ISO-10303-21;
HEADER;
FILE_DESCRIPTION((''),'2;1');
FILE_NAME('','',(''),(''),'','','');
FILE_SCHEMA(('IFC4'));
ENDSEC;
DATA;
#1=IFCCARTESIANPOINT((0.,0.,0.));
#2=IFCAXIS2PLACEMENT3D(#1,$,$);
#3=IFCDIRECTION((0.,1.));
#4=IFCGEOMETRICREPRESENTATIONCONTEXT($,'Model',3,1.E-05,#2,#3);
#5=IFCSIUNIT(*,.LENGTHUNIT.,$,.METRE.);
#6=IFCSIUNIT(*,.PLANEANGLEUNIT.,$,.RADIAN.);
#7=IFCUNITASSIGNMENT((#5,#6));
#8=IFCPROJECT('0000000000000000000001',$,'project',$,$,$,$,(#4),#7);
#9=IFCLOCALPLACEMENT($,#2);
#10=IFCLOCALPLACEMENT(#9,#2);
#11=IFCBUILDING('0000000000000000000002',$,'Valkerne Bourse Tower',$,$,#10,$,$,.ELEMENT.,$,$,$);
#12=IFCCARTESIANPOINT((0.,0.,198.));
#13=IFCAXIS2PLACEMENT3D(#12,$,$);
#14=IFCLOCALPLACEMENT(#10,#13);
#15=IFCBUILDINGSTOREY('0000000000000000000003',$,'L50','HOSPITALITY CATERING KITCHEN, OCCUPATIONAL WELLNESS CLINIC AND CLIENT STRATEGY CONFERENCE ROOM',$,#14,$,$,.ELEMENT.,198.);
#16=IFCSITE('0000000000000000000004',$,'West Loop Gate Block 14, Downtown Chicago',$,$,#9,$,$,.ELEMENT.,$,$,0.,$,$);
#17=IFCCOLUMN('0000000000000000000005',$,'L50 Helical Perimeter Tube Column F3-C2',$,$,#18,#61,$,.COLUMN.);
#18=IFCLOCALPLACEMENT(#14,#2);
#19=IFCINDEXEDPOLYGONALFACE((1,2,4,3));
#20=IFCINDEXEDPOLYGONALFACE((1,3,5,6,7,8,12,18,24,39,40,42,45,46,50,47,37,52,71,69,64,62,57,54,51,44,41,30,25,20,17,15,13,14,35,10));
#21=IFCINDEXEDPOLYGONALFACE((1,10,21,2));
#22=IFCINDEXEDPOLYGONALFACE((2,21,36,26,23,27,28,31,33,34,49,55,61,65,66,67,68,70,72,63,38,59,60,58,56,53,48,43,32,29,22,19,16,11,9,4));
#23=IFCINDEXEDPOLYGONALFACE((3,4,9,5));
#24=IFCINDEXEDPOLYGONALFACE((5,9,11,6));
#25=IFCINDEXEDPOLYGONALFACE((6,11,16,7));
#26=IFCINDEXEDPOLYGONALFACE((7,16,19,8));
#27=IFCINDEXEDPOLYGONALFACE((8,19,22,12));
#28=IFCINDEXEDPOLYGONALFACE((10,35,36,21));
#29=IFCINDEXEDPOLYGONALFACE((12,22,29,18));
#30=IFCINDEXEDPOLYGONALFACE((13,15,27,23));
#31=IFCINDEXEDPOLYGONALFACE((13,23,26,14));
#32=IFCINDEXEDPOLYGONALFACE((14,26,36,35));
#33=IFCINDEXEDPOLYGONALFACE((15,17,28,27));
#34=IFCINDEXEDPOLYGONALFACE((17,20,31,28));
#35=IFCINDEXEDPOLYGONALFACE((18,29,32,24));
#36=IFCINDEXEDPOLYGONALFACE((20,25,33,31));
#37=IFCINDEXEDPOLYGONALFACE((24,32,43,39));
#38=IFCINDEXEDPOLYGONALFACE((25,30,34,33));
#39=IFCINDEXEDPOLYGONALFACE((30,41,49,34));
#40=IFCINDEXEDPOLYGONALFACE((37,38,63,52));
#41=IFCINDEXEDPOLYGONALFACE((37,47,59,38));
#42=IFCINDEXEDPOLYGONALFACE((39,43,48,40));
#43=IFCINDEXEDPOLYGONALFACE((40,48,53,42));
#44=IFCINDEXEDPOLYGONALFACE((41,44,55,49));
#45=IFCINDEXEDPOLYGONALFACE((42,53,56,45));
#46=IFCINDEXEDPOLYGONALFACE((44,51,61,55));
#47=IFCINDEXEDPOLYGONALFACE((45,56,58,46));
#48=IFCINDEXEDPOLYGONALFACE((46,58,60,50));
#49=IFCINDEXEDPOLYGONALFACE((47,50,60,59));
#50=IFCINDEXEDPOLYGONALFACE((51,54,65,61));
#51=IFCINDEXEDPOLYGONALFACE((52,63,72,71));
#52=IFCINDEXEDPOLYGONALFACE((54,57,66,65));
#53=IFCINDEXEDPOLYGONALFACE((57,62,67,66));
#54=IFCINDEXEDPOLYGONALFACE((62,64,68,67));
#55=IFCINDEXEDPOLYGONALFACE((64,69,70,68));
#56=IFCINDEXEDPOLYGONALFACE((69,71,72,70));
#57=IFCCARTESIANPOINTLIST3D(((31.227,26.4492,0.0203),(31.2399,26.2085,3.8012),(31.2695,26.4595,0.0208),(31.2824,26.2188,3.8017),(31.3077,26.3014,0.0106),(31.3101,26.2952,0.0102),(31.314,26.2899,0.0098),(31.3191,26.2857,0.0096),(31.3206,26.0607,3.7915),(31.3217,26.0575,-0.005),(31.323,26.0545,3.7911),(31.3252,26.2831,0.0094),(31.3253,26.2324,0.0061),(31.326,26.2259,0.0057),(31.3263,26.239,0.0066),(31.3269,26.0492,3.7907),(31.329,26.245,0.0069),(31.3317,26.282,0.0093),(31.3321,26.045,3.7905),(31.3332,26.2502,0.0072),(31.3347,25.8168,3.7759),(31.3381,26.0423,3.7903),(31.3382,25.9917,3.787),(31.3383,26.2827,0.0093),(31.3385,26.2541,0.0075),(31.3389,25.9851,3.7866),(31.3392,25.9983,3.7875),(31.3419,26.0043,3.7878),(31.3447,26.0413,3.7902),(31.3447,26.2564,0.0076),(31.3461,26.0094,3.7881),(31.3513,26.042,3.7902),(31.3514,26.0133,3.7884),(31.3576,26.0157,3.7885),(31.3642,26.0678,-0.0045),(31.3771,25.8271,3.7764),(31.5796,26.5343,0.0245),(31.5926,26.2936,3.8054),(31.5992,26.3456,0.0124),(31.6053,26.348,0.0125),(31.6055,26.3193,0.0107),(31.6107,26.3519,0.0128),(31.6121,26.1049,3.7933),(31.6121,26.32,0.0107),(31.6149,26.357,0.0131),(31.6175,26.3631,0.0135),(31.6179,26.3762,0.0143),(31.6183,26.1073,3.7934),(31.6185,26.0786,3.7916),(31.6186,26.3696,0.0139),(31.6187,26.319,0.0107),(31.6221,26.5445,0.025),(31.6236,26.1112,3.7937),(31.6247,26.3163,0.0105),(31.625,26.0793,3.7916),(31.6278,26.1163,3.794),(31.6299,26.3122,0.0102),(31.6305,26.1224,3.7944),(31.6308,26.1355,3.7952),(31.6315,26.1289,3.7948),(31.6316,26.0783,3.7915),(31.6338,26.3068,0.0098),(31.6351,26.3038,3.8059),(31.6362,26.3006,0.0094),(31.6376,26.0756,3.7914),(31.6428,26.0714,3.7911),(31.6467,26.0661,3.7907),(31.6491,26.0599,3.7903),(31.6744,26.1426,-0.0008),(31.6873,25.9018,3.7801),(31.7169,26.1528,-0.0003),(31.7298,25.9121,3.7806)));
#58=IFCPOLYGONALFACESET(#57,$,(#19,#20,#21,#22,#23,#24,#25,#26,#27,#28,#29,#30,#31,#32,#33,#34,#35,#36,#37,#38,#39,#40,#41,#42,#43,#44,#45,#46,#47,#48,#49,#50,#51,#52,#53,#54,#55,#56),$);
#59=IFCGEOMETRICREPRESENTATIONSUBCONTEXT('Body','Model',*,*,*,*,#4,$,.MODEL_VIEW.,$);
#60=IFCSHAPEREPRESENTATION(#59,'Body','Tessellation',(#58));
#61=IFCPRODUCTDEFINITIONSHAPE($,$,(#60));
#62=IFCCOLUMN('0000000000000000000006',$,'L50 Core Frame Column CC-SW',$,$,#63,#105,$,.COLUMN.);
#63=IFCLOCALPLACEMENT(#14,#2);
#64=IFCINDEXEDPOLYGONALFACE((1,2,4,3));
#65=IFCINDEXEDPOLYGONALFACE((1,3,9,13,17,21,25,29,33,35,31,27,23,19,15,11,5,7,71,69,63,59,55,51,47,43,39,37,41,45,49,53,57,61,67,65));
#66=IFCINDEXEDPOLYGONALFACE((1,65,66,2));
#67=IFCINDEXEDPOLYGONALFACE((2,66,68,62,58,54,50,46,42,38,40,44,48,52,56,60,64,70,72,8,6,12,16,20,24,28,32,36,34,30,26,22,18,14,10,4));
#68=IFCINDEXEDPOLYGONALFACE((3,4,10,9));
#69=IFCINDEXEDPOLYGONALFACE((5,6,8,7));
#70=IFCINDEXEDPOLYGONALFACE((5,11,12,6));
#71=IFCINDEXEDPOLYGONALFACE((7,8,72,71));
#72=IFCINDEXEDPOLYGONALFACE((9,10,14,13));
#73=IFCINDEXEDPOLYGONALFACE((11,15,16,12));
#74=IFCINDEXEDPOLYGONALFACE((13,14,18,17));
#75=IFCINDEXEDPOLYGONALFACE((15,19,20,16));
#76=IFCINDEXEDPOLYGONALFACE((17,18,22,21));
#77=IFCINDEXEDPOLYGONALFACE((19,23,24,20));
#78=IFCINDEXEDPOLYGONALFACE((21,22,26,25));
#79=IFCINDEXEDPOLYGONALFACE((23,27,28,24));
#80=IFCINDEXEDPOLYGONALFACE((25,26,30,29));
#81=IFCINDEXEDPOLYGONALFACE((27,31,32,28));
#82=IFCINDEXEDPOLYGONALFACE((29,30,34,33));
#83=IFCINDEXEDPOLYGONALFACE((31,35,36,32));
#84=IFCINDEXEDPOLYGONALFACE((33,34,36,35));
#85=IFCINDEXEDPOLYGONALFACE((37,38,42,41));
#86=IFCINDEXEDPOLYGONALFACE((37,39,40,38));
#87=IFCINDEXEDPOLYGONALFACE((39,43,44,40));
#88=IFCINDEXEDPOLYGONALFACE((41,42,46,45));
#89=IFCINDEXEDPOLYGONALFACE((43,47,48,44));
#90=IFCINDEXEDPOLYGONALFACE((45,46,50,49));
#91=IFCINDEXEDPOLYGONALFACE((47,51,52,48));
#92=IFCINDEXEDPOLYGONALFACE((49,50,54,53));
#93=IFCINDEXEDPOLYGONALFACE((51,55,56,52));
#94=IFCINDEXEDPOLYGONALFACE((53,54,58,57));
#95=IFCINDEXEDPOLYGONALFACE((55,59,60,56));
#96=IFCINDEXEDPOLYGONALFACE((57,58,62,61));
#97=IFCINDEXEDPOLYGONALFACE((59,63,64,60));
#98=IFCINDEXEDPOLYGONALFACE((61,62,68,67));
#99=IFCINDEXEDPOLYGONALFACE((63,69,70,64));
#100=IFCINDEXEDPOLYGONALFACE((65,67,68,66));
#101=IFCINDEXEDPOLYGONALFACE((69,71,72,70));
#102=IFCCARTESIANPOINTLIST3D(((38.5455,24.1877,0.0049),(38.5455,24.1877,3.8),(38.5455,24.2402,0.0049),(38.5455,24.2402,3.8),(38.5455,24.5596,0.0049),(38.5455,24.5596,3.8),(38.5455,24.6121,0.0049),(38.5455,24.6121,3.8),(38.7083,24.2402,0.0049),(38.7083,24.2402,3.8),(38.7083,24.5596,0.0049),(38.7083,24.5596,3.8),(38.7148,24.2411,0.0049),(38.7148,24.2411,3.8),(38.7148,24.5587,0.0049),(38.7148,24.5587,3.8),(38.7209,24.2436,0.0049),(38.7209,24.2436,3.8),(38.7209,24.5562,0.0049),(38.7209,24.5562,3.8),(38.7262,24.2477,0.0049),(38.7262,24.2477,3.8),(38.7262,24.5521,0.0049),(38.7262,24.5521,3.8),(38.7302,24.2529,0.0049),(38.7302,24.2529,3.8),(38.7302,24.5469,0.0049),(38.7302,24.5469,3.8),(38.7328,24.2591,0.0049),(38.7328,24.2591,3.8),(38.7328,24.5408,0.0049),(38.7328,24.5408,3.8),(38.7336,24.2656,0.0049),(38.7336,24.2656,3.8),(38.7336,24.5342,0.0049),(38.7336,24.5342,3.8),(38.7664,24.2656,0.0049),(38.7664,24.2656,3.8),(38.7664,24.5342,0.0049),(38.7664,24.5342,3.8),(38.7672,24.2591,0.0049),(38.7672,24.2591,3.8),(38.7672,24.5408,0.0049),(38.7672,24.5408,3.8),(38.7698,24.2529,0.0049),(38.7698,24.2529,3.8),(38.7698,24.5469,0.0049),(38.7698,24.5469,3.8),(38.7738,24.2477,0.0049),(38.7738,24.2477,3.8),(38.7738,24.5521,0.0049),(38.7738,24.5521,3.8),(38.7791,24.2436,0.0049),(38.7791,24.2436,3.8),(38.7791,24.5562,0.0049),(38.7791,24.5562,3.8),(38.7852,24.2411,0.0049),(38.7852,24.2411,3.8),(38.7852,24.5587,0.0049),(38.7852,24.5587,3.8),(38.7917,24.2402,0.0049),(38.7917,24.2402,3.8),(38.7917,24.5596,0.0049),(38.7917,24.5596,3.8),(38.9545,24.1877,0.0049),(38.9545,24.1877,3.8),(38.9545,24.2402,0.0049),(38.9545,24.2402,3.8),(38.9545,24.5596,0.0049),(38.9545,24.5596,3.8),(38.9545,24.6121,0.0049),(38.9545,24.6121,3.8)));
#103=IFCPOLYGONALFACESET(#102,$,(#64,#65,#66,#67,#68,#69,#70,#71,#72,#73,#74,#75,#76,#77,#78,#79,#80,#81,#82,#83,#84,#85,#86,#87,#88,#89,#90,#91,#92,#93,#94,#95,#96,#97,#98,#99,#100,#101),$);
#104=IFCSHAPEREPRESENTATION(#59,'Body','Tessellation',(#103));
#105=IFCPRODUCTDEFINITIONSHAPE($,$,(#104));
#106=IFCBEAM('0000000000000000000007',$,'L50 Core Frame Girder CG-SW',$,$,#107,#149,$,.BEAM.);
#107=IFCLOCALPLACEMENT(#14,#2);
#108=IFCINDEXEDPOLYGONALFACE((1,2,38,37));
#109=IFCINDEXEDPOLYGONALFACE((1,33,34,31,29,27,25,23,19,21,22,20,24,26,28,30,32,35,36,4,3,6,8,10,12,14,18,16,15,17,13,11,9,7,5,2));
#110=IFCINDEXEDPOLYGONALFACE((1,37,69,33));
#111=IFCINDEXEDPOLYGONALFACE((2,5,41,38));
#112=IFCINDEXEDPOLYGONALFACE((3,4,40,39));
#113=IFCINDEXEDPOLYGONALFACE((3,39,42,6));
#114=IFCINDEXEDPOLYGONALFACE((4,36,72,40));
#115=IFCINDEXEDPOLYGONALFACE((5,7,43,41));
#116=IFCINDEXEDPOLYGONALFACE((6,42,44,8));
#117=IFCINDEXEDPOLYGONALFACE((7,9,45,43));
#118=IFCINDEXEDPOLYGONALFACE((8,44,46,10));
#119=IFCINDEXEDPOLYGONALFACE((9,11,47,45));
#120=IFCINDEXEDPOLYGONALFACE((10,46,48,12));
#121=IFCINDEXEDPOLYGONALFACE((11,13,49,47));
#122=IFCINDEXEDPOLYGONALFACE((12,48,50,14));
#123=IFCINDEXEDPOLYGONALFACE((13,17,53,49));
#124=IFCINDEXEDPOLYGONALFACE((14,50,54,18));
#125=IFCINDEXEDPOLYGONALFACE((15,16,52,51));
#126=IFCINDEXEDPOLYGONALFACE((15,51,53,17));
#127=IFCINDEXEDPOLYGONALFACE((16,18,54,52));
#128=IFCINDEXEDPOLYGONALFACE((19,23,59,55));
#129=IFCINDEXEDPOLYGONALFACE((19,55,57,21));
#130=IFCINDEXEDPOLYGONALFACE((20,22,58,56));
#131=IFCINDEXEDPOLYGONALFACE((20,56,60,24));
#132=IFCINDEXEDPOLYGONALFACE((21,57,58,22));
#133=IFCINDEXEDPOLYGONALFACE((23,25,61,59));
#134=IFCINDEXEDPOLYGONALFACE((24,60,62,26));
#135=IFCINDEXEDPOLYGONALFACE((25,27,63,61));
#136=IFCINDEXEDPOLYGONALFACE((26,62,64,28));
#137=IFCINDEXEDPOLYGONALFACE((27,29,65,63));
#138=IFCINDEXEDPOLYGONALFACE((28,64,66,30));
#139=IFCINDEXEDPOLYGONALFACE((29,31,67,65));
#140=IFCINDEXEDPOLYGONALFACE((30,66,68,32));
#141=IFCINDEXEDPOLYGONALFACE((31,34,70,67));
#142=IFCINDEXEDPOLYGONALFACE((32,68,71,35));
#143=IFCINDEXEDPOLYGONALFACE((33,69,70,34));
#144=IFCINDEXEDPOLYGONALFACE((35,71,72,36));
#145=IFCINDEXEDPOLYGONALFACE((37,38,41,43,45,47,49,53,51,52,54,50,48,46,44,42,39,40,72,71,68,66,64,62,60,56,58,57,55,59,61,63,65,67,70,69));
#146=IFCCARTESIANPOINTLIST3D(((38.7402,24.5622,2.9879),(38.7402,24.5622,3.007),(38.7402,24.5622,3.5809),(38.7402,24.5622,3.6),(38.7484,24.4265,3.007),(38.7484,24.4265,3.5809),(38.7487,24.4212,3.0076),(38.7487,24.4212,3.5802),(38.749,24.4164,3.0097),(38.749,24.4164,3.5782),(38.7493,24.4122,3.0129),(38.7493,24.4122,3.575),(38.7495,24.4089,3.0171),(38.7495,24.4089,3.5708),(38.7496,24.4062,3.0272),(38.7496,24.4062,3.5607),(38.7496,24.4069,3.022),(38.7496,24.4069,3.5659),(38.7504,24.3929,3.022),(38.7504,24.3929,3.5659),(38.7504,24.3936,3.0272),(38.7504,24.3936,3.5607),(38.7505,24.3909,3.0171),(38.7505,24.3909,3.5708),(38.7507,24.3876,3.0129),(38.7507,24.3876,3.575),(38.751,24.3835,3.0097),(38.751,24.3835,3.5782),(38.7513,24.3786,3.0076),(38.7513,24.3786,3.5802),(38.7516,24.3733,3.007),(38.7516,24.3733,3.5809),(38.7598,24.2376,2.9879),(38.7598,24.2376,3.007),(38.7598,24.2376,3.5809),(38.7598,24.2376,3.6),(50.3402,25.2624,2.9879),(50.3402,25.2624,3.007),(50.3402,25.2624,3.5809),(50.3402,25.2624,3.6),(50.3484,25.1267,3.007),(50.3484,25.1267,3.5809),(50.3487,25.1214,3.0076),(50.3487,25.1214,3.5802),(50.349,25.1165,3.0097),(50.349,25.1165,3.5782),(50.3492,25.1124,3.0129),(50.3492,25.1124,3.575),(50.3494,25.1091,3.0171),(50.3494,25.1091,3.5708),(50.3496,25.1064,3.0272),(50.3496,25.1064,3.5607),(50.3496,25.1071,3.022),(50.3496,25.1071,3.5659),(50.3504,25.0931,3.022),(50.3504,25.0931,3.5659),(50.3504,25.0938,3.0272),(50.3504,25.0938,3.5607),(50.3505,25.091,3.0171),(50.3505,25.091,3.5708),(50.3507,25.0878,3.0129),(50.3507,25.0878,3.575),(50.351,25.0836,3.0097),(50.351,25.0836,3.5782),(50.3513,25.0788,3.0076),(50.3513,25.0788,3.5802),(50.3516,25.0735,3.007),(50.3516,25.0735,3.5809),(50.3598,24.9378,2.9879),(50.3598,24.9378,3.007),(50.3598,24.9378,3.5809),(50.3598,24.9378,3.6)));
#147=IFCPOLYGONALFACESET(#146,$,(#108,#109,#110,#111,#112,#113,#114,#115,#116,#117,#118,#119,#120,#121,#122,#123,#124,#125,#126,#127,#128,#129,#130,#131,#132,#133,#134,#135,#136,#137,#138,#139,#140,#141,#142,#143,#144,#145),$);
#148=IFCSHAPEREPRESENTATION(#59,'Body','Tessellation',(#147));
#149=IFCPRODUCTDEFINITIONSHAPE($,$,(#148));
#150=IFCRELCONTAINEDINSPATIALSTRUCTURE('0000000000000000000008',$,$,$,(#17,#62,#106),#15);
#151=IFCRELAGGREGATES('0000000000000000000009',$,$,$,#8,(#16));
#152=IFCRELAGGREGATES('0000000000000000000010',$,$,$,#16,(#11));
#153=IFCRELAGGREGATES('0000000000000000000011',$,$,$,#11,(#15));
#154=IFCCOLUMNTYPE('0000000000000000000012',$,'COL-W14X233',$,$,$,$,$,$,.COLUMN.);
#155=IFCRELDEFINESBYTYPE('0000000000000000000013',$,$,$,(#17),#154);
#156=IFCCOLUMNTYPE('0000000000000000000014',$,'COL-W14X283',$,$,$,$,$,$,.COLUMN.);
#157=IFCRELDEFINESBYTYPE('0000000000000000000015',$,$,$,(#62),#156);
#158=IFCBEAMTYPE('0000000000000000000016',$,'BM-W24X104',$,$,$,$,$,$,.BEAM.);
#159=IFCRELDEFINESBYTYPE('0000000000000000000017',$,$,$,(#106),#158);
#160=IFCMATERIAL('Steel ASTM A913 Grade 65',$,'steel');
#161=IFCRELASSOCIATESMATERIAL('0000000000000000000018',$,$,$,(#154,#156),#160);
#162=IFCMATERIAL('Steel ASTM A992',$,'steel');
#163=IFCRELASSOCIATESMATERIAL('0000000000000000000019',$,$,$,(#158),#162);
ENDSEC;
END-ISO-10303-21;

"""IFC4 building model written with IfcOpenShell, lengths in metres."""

from ifc_helpers import new_model, si_unit, direction, frame, origin, origin_2d, place, context, subcontext, project, spatial, i_section, extrude, material, material_profile, profile_set, type_object, element, save


model = new_model("IFC4")

# Units and contexts
model_context = context("Model", 3, precision=1e-05, world=origin(), true_north=direction((0.0, 1.0)))
body_context = subcontext(model_context, "Body", "Model", "MODEL_VIEW")
ifc_project = project(units=[si_unit("LENGTHUNIT", "METRE"), si_unit("PLANEANGLEUNIT", "RADIAN")], contexts=[model_context])

# Site, building, storey
site_placement = place(None, origin())
site = spatial("IfcSite", under=ifc_project, at=site_placement, Name="West Loop Gate Block 14, Downtown Chicago", CompositionType="ELEMENT", RefElevation=0.0)
building_placement = place(site_placement, origin())
building = spatial("IfcBuilding", under=site, at=building_placement, Name="Valkerne Bourse Tower", CompositionType="ELEMENT")
storey_placement = place(building_placement, frame((0.0, 0.0, 198.0)))
storey = spatial("IfcBuildingStorey", under=building, at=storey_placement, Name="L50", Description="HOSPITALITY CATERING KITCHEN, OCCUPATIONAL WELLNESS CLINIC AND CLIENT STRATEGY CONFERENCE ROOM", CompositionType="ELEMENT", Elevation=198.0)

# Columns
ifc_material_1 = material(Name="Steel ASTM A913 Grade 65", Category="steel")
ifc_material_profile_1 = material_profile(ifc_material_1, i_section(OverallWidth=0.4038, OverallDepth=0.4065, WebThickness=0.0271, FlangeThickness=0.0437, FilletRadius=0.0254, at=origin_2d()), Name="W14X233")
ifc_profile_set_1 = profile_set([ifc_material_profile_1], Name="Steel ASTM A913 Grade 65")
column_type_1 = type_object("IfcColumnType", Name="COL-W14X233", PredefinedType="COLUMN", material=ifc_profile_set_1)
column_1_placement = place(storey_placement, frame((31.4719, 26.301, 0.01), z_axis=(0.003415, -0.063537, 0.997974), x_axis=(0.234642, -0.970066, -0.062564)))
element("IfcColumn", 1, at=column_1_placement, inside=storey, type_object=column_type_1, Name="L50 Helical Perimeter Tube Column F3-C2", PredefinedType="COLUMN", context=body_context, shape_type="SweptSolid", body=[
    extrude(i_section(OverallWidth=0.4038, OverallDepth=0.4065, WebThickness=0.0271, FlangeThickness=0.0437, FilletRadius=0.0254, at=origin_2d()), origin(), (0.0, 0.0, 1.0), 3.7886),
])
ifc_material_profile_2 = material_profile(ifc_material_1, i_section(OverallWidth=0.4089, OverallDepth=0.4243, WebThickness=0.0327, FlangeThickness=0.0525, FilletRadius=0.0254, at=origin_2d()), Name="W14X283")
ifc_profile_set_2 = profile_set([ifc_material_profile_2], Name="Steel ASTM A913 Grade 65")
column_type_2 = type_object("IfcColumnType", Name="COL-W14X283", PredefinedType="COLUMN", material=ifc_profile_set_2)
column_2_placement = place(storey_placement, frame((38.75, 24.3999, 0.0049), z_axis=(0.0, 0.0, 1.0), x_axis=(1.0, 0.0, 0.0)))
element("IfcColumn", 2, at=column_2_placement, inside=storey, type_object=column_type_2, Name="L50 Core Frame Column CC-SW", PredefinedType="COLUMN", context=body_context, shape_type="SweptSolid", body=[
    extrude(i_section(OverallWidth=0.4089, OverallDepth=0.4243, WebThickness=0.0327, FlangeThickness=0.0525, FilletRadius=0.0254, at=origin_2d()), origin(), (0.0, 0.0, 1.0), 3.7952),
])

# Beam
ifc_material_2 = material(Name="Steel ASTM A992", Category="steel")
ifc_material_profile_3 = material_profile(ifc_material_2, i_section(OverallWidth=0.3252, OverallDepth=0.6121, WebThickness=0.0127, FlangeThickness=0.019, FilletRadius=0.0203, at=origin_2d()), Name="W24X104")
ifc_profile_set_3 = profile_set([ifc_material_profile_3], Name="Steel ASTM A992")
beam_type_1 = type_object("IfcBeamType", Name="BM-W24X104", PredefinedType="BEAM", material=ifc_profile_set_3)
beam_1_placement = place(storey_placement, frame((38.75, 24.3999, 3.2939), z_axis=(0.998183, 0.060251, 0.0), x_axis=(-0.060251, 0.998183, 0.0)))
element("IfcBeam", 3, at=beam_1_placement, inside=storey, type_object=beam_type_1, Name="L50 Core Frame Girder CG-SW", PredefinedType="BEAM", context=body_context, shape_type="SweptSolid", body=[
    extrude(i_section(OverallWidth=0.3252, OverallDepth=0.6121, WebThickness=0.0127, FlangeThickness=0.019, FilletRadius=0.0203, at=origin_2d()), origin(), (0.0, 0.0, 1.0), 11.6211),
])

save(model, "model.ifc")
